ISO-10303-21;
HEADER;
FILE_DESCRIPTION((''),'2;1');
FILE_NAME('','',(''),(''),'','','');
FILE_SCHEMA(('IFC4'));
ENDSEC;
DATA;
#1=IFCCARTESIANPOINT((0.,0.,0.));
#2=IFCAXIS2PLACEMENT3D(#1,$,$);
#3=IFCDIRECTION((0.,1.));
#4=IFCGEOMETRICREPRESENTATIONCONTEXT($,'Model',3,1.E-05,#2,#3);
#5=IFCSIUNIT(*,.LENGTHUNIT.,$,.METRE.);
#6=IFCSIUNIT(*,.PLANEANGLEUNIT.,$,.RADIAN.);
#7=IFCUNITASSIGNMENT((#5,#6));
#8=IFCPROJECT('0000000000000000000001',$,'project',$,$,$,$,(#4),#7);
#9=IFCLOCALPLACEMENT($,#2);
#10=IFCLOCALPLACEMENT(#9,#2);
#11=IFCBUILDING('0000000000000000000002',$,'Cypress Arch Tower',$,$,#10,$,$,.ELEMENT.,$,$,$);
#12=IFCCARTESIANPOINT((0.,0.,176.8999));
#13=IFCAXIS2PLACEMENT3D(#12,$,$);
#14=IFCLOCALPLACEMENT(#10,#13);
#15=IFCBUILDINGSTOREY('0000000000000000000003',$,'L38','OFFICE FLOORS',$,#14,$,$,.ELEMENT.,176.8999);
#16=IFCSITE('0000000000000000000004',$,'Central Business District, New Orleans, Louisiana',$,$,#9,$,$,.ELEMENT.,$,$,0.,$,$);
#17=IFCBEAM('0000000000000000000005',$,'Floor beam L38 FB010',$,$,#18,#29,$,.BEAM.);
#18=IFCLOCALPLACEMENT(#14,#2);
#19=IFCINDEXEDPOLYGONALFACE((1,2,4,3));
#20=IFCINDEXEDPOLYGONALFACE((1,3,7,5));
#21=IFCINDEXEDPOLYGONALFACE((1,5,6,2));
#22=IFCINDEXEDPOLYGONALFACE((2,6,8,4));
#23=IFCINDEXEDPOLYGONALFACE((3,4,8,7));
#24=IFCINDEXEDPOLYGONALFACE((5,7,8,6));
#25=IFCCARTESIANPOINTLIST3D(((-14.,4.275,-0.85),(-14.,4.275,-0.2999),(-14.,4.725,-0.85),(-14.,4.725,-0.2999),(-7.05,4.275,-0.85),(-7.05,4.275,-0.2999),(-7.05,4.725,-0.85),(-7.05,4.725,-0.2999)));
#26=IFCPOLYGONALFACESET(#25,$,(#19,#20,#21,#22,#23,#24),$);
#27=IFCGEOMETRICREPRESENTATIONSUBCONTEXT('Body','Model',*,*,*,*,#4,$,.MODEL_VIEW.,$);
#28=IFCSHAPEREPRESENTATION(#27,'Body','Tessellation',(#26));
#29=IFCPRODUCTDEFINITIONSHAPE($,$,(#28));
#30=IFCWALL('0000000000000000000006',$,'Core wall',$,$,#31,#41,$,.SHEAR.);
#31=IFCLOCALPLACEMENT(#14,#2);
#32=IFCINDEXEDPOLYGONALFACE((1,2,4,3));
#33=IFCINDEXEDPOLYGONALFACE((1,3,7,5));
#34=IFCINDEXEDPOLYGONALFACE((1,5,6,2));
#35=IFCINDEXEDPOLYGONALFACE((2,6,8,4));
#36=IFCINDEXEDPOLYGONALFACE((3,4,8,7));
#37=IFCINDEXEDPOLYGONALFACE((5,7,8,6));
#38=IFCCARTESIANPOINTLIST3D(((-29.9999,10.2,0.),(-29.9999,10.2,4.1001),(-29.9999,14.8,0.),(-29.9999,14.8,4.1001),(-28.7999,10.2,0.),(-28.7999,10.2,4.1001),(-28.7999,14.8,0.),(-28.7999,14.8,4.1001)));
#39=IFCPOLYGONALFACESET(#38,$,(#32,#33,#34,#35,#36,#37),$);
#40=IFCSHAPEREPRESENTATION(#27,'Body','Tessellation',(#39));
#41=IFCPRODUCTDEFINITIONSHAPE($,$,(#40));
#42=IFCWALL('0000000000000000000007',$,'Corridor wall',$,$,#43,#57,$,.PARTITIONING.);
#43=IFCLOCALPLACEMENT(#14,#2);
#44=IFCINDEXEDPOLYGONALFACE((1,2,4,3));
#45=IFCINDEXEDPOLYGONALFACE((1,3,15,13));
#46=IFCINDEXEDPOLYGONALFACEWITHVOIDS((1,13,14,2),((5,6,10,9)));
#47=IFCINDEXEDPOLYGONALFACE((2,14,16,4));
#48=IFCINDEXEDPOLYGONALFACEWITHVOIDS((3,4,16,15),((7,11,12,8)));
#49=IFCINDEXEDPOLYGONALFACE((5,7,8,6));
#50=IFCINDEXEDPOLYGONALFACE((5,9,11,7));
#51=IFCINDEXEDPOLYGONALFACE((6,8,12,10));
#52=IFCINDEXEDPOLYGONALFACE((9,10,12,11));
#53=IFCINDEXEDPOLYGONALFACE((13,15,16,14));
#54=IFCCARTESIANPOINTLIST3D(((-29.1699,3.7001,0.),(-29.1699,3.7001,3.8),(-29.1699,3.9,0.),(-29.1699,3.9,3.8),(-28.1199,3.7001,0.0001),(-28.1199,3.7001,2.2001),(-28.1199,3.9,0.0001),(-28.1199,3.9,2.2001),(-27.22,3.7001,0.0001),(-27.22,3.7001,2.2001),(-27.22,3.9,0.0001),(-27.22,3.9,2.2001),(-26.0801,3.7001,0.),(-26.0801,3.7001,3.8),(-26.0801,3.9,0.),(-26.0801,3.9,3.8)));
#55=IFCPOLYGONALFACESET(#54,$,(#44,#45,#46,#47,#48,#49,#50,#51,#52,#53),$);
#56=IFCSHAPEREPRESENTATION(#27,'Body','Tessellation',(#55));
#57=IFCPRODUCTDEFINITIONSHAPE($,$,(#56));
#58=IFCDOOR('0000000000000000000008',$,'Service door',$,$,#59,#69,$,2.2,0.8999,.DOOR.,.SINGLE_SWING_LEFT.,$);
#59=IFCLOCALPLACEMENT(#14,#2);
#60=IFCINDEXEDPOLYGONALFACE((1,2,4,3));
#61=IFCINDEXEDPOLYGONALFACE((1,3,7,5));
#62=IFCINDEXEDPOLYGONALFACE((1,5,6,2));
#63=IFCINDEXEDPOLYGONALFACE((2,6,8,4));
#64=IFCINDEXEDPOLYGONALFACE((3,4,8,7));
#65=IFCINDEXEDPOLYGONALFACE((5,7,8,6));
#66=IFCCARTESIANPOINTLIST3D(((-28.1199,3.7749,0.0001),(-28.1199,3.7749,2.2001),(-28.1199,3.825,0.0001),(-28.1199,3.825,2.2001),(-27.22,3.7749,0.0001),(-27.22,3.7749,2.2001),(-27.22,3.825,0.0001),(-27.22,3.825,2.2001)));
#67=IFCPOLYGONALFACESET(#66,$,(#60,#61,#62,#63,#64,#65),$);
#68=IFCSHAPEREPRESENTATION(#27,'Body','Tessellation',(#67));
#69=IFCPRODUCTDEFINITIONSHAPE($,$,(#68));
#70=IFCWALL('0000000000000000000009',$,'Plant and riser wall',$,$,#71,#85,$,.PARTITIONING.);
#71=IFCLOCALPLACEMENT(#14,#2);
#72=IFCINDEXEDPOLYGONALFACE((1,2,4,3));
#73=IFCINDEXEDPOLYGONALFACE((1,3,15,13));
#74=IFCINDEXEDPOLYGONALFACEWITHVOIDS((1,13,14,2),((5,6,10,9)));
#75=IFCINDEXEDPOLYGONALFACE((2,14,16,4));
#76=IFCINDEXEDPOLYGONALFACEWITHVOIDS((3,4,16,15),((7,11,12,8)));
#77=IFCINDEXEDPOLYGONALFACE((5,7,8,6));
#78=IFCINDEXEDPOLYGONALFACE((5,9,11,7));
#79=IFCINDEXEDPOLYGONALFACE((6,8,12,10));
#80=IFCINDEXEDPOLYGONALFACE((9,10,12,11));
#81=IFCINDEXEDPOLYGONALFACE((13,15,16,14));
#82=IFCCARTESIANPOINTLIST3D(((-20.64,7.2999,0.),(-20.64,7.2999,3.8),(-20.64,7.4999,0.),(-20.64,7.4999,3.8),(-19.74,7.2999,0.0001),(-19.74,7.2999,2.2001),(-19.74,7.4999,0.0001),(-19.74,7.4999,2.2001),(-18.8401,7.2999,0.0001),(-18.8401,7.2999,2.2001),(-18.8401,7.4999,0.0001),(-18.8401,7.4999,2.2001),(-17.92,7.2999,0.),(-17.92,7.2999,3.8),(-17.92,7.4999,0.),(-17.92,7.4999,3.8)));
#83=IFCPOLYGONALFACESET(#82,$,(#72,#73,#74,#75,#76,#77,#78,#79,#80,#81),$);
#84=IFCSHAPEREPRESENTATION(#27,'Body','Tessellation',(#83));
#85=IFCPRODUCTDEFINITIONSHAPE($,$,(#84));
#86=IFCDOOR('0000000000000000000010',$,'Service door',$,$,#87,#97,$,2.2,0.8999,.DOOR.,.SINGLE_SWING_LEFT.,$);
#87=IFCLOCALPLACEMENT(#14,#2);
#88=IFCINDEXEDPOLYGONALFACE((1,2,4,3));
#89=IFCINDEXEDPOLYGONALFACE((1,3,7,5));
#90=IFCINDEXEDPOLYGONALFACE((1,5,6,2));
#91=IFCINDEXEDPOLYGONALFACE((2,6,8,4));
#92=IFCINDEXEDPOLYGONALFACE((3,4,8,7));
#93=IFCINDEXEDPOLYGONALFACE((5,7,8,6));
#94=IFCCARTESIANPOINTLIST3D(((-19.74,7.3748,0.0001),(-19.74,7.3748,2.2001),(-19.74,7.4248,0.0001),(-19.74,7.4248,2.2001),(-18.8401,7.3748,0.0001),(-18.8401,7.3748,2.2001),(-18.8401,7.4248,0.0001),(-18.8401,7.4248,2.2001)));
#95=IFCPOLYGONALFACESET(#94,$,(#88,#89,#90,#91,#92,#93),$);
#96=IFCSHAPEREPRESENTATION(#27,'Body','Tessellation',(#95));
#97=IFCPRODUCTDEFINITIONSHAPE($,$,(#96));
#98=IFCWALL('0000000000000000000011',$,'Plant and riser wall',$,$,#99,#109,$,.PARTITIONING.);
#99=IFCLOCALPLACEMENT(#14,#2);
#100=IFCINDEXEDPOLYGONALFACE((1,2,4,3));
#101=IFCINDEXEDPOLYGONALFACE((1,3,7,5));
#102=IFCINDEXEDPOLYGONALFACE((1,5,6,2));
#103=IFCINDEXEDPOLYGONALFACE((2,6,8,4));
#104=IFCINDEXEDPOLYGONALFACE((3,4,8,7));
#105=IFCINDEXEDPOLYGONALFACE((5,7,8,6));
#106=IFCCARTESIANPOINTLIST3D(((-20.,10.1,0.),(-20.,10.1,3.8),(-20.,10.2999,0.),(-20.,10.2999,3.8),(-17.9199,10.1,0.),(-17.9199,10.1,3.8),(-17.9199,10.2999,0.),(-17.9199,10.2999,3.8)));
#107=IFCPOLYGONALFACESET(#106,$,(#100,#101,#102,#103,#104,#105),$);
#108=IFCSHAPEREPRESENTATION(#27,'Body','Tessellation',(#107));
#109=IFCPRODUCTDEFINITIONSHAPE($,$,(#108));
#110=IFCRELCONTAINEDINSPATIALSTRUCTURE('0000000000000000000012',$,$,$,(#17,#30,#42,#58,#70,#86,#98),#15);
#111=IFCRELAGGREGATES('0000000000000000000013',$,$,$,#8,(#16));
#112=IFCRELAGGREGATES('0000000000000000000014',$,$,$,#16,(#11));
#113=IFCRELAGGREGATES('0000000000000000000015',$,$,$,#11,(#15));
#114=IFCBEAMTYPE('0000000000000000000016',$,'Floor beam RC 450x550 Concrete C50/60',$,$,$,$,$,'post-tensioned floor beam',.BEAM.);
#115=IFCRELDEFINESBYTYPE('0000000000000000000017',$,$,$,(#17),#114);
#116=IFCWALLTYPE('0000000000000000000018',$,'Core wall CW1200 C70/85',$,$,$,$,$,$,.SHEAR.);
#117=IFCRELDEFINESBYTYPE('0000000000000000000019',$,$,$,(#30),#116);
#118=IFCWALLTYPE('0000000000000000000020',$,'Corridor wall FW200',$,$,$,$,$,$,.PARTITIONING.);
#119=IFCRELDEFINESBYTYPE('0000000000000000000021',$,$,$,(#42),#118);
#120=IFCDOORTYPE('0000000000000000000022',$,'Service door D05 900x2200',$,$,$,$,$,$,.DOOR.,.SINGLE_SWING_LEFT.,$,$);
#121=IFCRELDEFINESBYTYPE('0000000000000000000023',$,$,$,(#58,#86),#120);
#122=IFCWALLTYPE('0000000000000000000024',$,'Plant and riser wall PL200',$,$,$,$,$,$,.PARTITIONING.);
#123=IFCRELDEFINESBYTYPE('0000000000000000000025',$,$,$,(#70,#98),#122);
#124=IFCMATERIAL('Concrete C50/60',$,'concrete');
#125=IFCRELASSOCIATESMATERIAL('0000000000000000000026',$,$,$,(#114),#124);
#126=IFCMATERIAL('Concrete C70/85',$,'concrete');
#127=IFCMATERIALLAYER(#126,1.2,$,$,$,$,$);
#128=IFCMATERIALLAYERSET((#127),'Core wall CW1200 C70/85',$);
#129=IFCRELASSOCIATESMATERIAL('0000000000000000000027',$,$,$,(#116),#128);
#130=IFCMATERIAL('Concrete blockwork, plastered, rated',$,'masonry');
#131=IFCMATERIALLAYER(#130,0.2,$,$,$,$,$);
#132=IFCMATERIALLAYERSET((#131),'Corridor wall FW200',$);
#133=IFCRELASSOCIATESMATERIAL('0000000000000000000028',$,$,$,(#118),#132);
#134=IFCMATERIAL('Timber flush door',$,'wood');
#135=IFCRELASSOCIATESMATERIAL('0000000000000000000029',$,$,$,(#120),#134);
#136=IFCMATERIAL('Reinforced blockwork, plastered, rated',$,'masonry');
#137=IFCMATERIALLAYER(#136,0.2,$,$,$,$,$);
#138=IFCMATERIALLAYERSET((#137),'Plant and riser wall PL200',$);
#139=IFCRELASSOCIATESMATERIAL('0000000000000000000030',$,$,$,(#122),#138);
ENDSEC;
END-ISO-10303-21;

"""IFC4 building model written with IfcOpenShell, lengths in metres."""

from ifc_helpers import new_model, si_unit, direction, frame, frame_2d, origin, origin_2d, place, context, subcontext, project, spatial, rectangle, extrude, material, layer, layer_set, material_profile, profile_set, type_object, element, fill, save


model = new_model("IFC4")

# Units and contexts
model_context = context("Model", 3, precision=1e-05, world=origin(), true_north=direction((0.0, 1.0)))
body_context = subcontext(model_context, "Body", "Model", "MODEL_VIEW")
ifc_project = project(units=[si_unit("LENGTHUNIT", "METRE"), si_unit("PLANEANGLEUNIT", "RADIAN")], contexts=[model_context])

# Site, building, storey
site_placement = place(None, origin())
site = spatial("IfcSite", under=ifc_project, at=site_placement, Name="Central Business District, New Orleans, Louisiana", CompositionType="ELEMENT", RefElevation=0.0)
building_placement = place(site_placement, origin())
building = spatial("IfcBuilding", under=site, at=building_placement, Name="Cypress Arch Tower", CompositionType="ELEMENT")
storey_placement = place(building_placement, frame((0.0, 0.0, 176.8999)))
storey = spatial("IfcBuildingStorey", under=building, at=storey_placement, Name="L38", Description="OFFICE FLOORS", CompositionType="ELEMENT", Elevation=176.8999)

# Beam
ifc_material_1 = material(Name="Concrete C50/60", Category="concrete")
ifc_material_profile = material_profile(ifc_material_1, rectangle(XDim=0.45, YDim=0.55, at=origin_2d()), Name="RC 450x550")
ifc_profile_set = profile_set([ifc_material_profile], Name="Concrete C50/60")
beam_type = type_object("IfcBeamType", Name="Floor beam RC 450x550 Concrete C50/60", ElementType="post-tensioned floor beam", PredefinedType="BEAM", material=ifc_profile_set)
beam_placement = place(storey_placement, frame((-14.0, 4.5, -0.575), z_axis=(1.0, 0.0, 0.0), x_axis=(0.0, 1.0, 0.0)))
element("IfcBeam", 1, at=beam_placement, inside=storey, type_object=beam_type, Name="Floor beam L38 FB010", PredefinedType="BEAM", context=body_context, shape_type="SweptSolid", body=[
    extrude(rectangle(XDim=0.45, YDim=0.55, at=origin_2d()), origin(), (0.0, 0.0, 1.0), 6.95),
])

# Wall
ifc_material_2 = material(Name="Concrete C70/85", Category="concrete")
ifc_layer_1 = layer(ifc_material_2, 1.2)
ifc_layer_set_1 = layer_set([ifc_layer_1], Name="Core wall CW1200 C70/85")
wall_type_1 = type_object("IfcWallType", Name="Core wall CW1200 C70/85", PredefinedType="SHEAR", material=ifc_layer_set_1)
wall_1_placement = place(storey_placement, frame((-29.3999, 10.2, 0.0), z_axis=(0.0, 0.0, 1.0), x_axis=(0.0, 1.0, 0.0)))
element("IfcWall", 2, at=wall_1_placement, inside=storey, type_object=wall_type_1, Name="Core wall", PredefinedType="SHEAR", context=body_context, shape_type="SweptSolid", body=[
    extrude(rectangle(XDim=4.6001, YDim=1.2, at=frame_2d((2.3, 0.0))), origin(), (0.0, 0.0, 1.0), 4.1001),
])

# Walls, openings, doors
ifc_material_3 = material(Name="Concrete blockwork, plastered, rated", Category="masonry")
ifc_layer_2 = layer(ifc_material_3, 0.2)
ifc_layer_set_2 = layer_set([ifc_layer_2], Name="Corridor wall FW200")
wall_type_2 = type_object("IfcWallType", Name="Corridor wall FW200", PredefinedType="PARTITIONING", material=ifc_layer_set_2)
wall_2_placement = place(storey_placement, frame((-29.1699, 3.8, 0.0), z_axis=(0.0, 0.0, 1.0), x_axis=(1.0, 0.0, 0.0)))
wall_2 = element("IfcWall", 3, at=wall_2_placement, inside=storey, type_object=wall_type_2, Name="Corridor wall", PredefinedType="PARTITIONING", context=body_context, shape_type="SweptSolid", body=[
    extrude(rectangle(XDim=3.0898, YDim=0.2, at=frame_2d((1.5449, 0.0))), origin(), (0.0, 0.0, 1.0), 3.8),
])
opening_1_placement = place(wall_2_placement, frame((1.05, 0.0, 0.0)))
opening_1 = element("IfcOpeningElement", 4, at=opening_1_placement, cuts=wall_2, PredefinedType="OPENING", context=body_context, shape_type="SweptSolid", body=[
    extrude(rectangle(XDim=0.8999, YDim=2.2, at=frame_2d((0.45, 1.1001))), frame((0.0, 0.1099, 0.0), z_axis=(0.0, -1.0, 0.0), x_axis=(1.0, 0.0, 0.0)), (0.0, 0.0, 1.0), 0.22),
])
ifc_material_4 = material(Name="Timber flush door", Category="wood")
door_type_1 = type_object("IfcDoorType", Name="Service door D05 900x2200", OperationType="SINGLE_SWING_LEFT", PredefinedType="DOOR", material=ifc_material_4)
door_1_placement = place(opening_1_placement, origin())
door_1 = element("IfcDoor", 5, at=door_1_placement, inside=storey, type_object=door_type_1, Name="Service door", OperationType="SINGLE_SWING_LEFT", OverallHeight=2.2, OverallWidth=0.8999, PredefinedType="DOOR", context=body_context, shape_type="SweptSolid", body=[
    extrude(rectangle(XDim=0.8999, YDim=2.2, at=frame_2d((0.45, 1.1001))), frame((0.0, 0.0249, 0.0), z_axis=(0.0, -1.0, 0.0), x_axis=(1.0, 0.0, 0.0)), (0.0, 0.0, 1.0), 0.05),
])
fill(opening_1, door_1)
ifc_material_5 = material(Name="Reinforced blockwork, plastered, rated", Category="masonry")
ifc_layer_3 = layer(ifc_material_5, 0.2)
ifc_layer_set_3 = layer_set([ifc_layer_3], Name="Plant and riser wall PL200")
wall_type_3 = type_object("IfcWallType", Name="Plant and riser wall PL200", PredefinedType="PARTITIONING", material=ifc_layer_set_3)
wall_3_placement = place(storey_placement, frame((-20.6399, 7.3999, 0.0), z_axis=(0.0, 0.0, 1.0), x_axis=(1.0, 0.0, 0.0)))
wall_3 = element("IfcWall", 6, at=wall_3_placement, inside=storey, type_object=wall_type_3, Name="Plant and riser wall", PredefinedType="PARTITIONING", context=body_context, shape_type="SweptSolid", body=[
    extrude(rectangle(XDim=2.72, YDim=0.2, at=frame_2d((1.3599, 0.0))), origin(), (0.0, 0.0, 1.0), 3.8),
])
opening_2_placement = place(wall_3_placement, frame((0.8999, 0.0, 0.0)))
opening_2 = element("IfcOpeningElement", 7, at=opening_2_placement, cuts=wall_3, PredefinedType="OPENING", context=body_context, shape_type="SweptSolid", body=[
    extrude(rectangle(XDim=0.8999, YDim=2.2, at=frame_2d((0.45, 1.1001))), frame((0.0, 0.1099, 0.0), z_axis=(0.0, -1.0, 0.0), x_axis=(1.0, 0.0, 0.0)), (0.0, 0.0, 1.0), 0.22),
])
door_2_placement = place(opening_2_placement, origin())
door_2 = element("IfcDoor", 8, at=door_2_placement, inside=storey, type_object=door_type_1, Name="Service door", OperationType="SINGLE_SWING_LEFT", OverallHeight=2.2, OverallWidth=0.8999, PredefinedType="DOOR", context=body_context, shape_type="SweptSolid", body=[
    extrude(rectangle(XDim=0.8999, YDim=2.2, at=frame_2d((0.45, 1.1001))), frame((0.0, 0.0249, 0.0), z_axis=(0.0, -1.0, 0.0), x_axis=(1.0, 0.0, 0.0)), (0.0, 0.0, 1.0), 0.05),
])
fill(opening_2, door_2)

# Wall
wall_4_placement = place(storey_placement, frame((-20.0, 10.2, 0.0), z_axis=(0.0, 0.0, 1.0), x_axis=(1.0, 0.0, 0.0)))
element("IfcWall", 9, at=wall_4_placement, inside=storey, type_object=wall_type_3, Name="Plant and riser wall", PredefinedType="PARTITIONING", context=body_context, shape_type="SweptSolid", body=[
    extrude(rectangle(XDim=2.0801, YDim=0.2, at=frame_2d((1.04, 0.0))), origin(), (0.0, 0.0, 1.0), 3.8),
])

save(model, "model.ifc")
